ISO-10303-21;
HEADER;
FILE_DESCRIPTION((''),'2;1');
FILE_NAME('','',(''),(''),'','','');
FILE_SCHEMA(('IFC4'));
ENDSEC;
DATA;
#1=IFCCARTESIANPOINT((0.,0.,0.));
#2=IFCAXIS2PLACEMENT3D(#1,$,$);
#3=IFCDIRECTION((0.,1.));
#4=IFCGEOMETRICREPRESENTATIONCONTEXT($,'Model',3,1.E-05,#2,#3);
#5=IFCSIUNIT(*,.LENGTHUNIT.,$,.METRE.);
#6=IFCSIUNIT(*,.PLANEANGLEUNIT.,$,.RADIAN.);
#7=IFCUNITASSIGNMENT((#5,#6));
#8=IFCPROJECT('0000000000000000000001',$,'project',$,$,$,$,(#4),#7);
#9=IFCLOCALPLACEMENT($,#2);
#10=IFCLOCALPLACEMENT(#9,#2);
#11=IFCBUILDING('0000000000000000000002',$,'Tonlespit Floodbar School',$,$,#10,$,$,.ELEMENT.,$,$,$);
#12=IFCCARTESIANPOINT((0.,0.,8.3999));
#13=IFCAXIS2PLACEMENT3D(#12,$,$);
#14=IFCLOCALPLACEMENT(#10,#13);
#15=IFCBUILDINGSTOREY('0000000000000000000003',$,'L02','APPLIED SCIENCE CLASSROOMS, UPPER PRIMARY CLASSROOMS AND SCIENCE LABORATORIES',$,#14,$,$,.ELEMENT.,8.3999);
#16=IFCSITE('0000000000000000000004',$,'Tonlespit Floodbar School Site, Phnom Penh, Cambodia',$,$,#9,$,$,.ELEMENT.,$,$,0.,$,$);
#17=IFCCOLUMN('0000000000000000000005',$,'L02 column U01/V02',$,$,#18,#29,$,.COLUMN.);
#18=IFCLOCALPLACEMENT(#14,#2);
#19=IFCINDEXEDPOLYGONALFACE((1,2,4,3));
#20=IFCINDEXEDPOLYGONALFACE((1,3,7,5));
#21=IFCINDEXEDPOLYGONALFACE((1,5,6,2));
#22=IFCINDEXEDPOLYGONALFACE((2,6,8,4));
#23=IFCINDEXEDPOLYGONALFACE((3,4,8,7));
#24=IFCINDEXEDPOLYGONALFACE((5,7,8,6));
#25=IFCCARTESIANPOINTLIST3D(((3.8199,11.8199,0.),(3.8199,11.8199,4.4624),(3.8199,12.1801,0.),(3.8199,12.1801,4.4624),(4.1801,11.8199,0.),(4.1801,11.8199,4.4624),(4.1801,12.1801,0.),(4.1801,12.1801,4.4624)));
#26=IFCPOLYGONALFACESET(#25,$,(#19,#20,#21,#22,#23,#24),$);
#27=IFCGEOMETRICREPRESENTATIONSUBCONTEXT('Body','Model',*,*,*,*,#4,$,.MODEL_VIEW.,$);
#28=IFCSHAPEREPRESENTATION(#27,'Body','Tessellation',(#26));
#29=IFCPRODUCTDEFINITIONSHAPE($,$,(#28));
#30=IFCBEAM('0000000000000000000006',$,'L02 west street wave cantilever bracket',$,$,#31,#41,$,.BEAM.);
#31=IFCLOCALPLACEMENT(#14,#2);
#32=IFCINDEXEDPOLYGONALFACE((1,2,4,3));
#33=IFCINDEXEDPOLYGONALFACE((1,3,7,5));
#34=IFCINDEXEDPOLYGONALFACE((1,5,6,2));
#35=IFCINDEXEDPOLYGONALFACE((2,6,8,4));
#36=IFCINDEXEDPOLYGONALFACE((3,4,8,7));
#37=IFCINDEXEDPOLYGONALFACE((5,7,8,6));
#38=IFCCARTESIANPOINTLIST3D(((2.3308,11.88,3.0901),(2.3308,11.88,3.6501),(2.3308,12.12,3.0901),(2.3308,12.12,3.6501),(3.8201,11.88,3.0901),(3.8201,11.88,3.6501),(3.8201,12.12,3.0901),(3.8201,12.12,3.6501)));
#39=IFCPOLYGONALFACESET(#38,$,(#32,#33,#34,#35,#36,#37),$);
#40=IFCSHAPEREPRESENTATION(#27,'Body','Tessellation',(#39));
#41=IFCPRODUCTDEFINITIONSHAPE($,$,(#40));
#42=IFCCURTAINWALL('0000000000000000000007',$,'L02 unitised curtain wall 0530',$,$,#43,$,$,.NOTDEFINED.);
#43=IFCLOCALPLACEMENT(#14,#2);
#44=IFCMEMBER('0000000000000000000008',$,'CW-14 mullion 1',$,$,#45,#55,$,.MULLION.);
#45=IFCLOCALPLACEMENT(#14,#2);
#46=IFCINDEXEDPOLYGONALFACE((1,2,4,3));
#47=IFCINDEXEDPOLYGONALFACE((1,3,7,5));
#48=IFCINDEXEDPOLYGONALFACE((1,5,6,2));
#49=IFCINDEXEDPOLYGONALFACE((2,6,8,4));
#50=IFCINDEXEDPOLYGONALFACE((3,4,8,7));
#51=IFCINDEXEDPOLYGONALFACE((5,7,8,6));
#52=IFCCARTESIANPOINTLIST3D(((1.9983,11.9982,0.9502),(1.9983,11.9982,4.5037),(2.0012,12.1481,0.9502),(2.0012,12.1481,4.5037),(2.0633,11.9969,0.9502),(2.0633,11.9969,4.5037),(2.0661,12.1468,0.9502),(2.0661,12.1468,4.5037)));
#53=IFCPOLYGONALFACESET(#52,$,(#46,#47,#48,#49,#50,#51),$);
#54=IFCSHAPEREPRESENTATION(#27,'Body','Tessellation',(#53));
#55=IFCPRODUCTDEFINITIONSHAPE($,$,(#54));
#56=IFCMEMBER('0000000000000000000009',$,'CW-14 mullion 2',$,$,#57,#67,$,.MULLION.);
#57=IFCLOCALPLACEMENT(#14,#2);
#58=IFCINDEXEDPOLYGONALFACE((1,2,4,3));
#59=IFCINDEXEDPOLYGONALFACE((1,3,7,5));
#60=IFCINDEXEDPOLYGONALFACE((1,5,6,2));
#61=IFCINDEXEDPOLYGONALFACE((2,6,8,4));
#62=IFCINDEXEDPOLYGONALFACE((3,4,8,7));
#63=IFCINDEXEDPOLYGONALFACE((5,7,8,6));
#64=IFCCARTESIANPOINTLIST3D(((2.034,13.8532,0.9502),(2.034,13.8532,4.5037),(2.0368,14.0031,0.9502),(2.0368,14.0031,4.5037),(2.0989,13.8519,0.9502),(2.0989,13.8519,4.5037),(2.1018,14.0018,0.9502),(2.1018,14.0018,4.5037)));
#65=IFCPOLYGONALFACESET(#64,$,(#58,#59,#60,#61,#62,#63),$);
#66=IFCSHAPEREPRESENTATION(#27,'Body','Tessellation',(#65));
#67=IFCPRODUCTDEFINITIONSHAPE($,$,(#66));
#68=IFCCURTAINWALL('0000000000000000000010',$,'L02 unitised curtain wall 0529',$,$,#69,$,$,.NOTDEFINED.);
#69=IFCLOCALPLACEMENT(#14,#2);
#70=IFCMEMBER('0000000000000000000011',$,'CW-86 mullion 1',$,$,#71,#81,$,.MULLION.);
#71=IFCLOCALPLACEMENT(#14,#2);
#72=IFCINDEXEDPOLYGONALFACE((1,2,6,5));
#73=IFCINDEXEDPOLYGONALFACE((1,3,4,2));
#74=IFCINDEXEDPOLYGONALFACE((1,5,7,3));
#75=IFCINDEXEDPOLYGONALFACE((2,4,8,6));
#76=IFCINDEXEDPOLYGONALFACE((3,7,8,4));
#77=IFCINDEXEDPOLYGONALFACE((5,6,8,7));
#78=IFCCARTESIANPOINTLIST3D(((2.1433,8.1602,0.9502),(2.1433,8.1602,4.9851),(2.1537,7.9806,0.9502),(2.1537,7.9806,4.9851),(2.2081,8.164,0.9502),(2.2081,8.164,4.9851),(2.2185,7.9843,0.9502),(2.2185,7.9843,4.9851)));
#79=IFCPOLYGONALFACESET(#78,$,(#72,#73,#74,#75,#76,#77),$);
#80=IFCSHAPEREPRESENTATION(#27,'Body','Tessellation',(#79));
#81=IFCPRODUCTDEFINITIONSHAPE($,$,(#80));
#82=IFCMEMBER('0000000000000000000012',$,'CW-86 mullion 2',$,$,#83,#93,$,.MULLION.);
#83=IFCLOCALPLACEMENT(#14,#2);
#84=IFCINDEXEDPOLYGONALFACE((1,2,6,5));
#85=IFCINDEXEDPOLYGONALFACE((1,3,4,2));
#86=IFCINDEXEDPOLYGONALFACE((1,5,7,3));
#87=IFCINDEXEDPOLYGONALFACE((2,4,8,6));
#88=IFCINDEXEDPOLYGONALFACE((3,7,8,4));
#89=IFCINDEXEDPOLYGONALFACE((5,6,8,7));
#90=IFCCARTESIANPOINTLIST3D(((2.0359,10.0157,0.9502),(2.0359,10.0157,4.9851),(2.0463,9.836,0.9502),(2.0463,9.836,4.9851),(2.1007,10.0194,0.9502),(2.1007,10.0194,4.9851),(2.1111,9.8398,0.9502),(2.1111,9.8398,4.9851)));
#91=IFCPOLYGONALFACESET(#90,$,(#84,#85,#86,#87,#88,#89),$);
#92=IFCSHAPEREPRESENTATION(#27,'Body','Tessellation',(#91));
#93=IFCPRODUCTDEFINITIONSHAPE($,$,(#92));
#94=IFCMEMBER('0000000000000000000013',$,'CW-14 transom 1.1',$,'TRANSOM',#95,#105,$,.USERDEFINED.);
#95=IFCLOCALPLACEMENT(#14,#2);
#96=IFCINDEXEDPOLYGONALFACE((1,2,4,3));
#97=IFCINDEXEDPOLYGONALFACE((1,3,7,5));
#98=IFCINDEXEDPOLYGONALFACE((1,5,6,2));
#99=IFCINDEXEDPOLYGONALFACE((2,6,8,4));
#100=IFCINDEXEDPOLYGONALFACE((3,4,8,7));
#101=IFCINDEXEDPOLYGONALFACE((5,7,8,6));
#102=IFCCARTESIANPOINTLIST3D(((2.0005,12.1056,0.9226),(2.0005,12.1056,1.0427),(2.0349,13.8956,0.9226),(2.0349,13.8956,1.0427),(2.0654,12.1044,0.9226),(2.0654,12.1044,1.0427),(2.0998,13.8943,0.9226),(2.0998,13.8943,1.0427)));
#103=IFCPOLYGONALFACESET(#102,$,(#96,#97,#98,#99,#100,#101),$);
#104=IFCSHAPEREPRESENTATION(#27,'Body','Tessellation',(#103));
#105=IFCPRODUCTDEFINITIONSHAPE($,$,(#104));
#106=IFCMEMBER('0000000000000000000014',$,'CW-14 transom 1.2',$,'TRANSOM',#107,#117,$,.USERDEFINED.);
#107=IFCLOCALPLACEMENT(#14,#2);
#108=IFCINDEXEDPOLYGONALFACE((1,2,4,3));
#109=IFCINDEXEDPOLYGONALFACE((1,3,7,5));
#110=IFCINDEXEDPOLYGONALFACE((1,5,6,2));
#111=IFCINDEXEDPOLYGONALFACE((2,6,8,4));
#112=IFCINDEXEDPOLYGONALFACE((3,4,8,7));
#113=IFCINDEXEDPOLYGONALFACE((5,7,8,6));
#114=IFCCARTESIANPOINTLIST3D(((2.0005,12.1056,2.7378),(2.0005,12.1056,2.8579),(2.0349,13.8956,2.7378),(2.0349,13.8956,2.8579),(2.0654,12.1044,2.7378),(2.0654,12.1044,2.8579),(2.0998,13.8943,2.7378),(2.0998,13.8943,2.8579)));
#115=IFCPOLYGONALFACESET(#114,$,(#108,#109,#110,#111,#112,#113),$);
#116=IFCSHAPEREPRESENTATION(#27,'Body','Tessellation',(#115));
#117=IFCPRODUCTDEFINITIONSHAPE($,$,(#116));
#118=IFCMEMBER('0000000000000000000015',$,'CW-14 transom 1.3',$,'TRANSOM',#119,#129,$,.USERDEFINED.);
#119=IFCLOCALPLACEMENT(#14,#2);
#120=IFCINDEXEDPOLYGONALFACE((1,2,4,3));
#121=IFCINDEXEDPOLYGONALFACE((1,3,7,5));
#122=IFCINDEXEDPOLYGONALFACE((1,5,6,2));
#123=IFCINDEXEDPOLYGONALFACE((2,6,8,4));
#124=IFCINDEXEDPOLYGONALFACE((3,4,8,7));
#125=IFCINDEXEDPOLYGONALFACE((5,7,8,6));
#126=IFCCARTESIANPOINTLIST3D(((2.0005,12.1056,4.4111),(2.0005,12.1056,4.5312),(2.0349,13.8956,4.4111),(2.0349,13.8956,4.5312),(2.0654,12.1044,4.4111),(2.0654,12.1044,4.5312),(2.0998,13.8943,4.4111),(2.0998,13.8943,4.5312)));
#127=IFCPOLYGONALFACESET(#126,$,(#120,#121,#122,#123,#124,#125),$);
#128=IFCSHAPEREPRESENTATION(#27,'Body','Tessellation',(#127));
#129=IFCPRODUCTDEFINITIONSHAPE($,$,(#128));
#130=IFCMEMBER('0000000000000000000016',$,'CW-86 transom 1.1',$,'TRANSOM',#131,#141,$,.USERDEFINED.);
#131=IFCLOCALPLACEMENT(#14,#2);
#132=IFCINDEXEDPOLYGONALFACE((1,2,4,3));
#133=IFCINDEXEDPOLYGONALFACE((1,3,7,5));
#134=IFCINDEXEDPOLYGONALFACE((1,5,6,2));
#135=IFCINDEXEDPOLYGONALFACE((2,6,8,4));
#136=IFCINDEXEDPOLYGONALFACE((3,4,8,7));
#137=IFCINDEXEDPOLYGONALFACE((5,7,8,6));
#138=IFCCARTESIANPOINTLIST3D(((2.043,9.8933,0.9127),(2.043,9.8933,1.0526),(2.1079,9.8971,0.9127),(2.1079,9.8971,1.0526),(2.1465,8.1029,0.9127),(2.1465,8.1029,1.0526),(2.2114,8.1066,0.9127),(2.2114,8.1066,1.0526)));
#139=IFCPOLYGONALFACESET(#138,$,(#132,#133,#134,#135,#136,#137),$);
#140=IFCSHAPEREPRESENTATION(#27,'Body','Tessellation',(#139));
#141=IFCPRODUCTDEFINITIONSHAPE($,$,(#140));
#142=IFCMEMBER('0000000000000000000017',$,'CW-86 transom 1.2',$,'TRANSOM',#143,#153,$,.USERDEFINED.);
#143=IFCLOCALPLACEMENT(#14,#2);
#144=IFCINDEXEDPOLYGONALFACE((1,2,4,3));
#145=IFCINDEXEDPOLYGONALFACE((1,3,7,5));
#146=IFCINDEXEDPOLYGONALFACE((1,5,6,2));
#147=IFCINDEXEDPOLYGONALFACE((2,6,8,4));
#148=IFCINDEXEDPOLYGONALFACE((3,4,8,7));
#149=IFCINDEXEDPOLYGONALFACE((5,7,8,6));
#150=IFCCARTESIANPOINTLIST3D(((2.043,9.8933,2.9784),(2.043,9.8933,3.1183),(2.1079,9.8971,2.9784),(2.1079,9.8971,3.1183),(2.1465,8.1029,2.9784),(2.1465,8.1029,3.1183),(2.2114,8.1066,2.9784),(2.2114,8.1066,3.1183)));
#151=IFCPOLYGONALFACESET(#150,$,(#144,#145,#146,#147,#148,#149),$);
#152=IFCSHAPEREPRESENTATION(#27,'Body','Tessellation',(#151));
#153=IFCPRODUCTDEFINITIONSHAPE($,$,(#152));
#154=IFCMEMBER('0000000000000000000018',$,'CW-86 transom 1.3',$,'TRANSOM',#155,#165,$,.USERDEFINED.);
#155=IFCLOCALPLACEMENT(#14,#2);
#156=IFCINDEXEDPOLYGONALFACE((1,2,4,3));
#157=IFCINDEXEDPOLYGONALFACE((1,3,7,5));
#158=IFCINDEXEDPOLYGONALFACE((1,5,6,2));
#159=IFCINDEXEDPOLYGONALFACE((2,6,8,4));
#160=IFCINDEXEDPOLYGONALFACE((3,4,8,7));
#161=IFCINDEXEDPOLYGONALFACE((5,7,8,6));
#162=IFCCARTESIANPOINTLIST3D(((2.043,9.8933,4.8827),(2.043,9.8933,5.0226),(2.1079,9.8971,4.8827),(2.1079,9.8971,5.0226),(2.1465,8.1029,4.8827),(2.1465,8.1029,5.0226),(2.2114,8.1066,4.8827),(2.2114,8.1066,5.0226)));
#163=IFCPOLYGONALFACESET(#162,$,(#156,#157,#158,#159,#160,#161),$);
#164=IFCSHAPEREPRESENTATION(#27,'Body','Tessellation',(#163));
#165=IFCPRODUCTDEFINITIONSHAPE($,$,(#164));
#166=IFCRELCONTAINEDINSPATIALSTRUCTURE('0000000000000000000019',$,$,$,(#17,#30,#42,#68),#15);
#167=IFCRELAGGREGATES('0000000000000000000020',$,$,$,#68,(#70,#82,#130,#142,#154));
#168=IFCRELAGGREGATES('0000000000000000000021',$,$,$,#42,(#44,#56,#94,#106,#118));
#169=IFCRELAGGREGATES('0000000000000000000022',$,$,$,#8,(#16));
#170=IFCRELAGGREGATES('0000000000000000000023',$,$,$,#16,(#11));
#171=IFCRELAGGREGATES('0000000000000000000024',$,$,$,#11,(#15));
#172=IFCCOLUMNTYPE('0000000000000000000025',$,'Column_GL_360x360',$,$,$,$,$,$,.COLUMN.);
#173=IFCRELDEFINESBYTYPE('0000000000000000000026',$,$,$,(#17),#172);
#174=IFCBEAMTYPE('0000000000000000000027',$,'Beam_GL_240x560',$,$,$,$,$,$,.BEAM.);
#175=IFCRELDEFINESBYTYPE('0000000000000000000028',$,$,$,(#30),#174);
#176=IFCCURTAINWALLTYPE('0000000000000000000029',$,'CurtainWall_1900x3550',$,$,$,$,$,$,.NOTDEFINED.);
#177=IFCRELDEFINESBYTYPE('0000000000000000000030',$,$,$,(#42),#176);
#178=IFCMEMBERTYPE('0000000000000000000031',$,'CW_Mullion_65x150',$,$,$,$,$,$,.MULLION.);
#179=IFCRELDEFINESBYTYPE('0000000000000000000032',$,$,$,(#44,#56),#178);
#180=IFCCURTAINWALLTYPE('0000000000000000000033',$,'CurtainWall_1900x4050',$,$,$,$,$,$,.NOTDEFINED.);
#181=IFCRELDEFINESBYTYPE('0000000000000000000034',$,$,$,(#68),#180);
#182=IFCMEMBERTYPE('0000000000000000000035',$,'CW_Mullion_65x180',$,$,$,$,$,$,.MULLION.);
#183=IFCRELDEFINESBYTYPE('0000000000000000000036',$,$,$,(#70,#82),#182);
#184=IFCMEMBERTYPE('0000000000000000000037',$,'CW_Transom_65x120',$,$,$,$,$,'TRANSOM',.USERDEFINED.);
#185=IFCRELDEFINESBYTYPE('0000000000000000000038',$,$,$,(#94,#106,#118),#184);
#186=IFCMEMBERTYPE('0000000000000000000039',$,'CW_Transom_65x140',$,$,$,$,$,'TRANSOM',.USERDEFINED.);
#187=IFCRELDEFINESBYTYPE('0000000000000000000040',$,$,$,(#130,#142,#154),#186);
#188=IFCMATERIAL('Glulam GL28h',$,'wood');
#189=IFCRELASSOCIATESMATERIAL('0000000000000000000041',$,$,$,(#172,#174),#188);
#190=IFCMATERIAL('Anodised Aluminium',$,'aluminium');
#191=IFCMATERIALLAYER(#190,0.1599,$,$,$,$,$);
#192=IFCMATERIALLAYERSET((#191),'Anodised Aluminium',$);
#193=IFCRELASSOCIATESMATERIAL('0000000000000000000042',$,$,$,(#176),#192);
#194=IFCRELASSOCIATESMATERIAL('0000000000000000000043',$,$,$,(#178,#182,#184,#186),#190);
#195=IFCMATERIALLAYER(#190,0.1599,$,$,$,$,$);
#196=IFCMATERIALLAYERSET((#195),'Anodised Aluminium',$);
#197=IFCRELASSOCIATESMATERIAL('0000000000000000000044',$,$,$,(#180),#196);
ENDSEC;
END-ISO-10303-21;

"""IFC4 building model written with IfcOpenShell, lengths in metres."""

from ifc_helpers import new_model, si_unit, direction, frame, origin, origin_2d, place, context, subcontext, project, spatial, rectangle, extrude, material, layer, layer_set, material_profile, profile_set, type_object, element, aggregate, save


model = new_model("IFC4")

# Units and contexts
model_context = context("Model", 3, precision=1e-05, world=origin(), true_north=direction((0.0, 1.0)))
body_context = subcontext(model_context, "Body", "Model", "MODEL_VIEW")
ifc_project = project(units=[si_unit("LENGTHUNIT", "METRE"), si_unit("PLANEANGLEUNIT", "RADIAN")], contexts=[model_context])

# Site, building, storey
site_placement = place(None, origin())
site = spatial("IfcSite", under=ifc_project, at=site_placement, Name="Tonlespit Floodbar School Site, Phnom Penh, Cambodia", CompositionType="ELEMENT", RefElevation=0.0)
building_placement = place(site_placement, origin())
building = spatial("IfcBuilding", under=site, at=building_placement, Name="Tonlespit Floodbar School", CompositionType="ELEMENT")
storey_placement = place(building_placement, frame((0.0, 0.0, 8.3999)))
storey = spatial("IfcBuildingStorey", under=building, at=storey_placement, Name="L02", Description="APPLIED SCIENCE CLASSROOMS, UPPER PRIMARY CLASSROOMS AND SCIENCE LABORATORIES", CompositionType="ELEMENT", Elevation=8.3999)

# Column
ifc_material_1 = material(Name="Glulam GL28h", Category="wood")
ifc_material_profile_1 = material_profile(ifc_material_1, rectangle(XDim=0.3601, YDim=0.3601, at=origin_2d()), Name="GL 360x360")
ifc_profile_set_1 = profile_set([ifc_material_profile_1], Name="Glulam GL28h")
column_type = type_object("IfcColumnType", Name="Column_GL_360x360", PredefinedType="COLUMN", material=ifc_profile_set_1)
column_placement = place(storey_placement, frame((4.0, 12.0, 0.0), z_axis=(0.0, 0.0, 1.0), x_axis=(1.0, 0.0, 0.0)))
element("IfcColumn", 1, at=column_placement, inside=storey, type_object=column_type, Name="L02 column U01/V02", PredefinedType="COLUMN", context=body_context, shape_type="SweptSolid", body=[
    extrude(rectangle(XDim=0.3601, YDim=0.3601, at=origin_2d()), origin(), (0.0, 0.0, 1.0), 4.4624),
])

# Beam
ifc_material_profile_2 = material_profile(ifc_material_1, rectangle(XDim=0.24, YDim=0.5601, at=origin_2d()), Name="GL 240x560")
ifc_profile_set_2 = profile_set([ifc_material_profile_2], Name="Glulam GL28h")
beam_type_1 = type_object("IfcBeamType", Name="Beam_GL_240x560", PredefinedType="BEAM", material=ifc_profile_set_2)
beam_1_placement = place(storey_placement, frame((3.8201, 12.0, 3.3701), z_axis=(-1.0, 0.0, 0.0), x_axis=(0.0, -1.0, 0.0)))
element("IfcBeam", 2, at=beam_1_placement, inside=storey, type_object=beam_type_1, Name="L02 west street wave cantilever bracket", PredefinedType="BEAM", context=body_context, shape_type="SweptSolid", body=[
    extrude(rectangle(XDim=0.24, YDim=0.5601, at=origin_2d()), origin(), (0.0, 0.0, 1.0), 1.4893),
])

# Curtain walls, members
ifc_material_2 = material(Name="Anodised Aluminium", Category="aluminium")
ifc_layer_1 = layer(ifc_material_2, 0.1599)
ifc_layer_set_1 = layer_set([ifc_layer_1], Name="Anodised Aluminium")
curtain_wall_type_1 = type_object("IfcCurtainWallType", Name="CurtainWall_1900x3550", PredefinedType="NOTDEFINED", material=ifc_layer_set_1)
curtain_wall_1_placement = place(storey_placement, origin())
curtain_wall_1 = element("IfcCurtainWall", 3, at=curtain_wall_1_placement, inside=storey, type_object=curtain_wall_type_1, Name="L02 unitised curtain wall 0530", PredefinedType="NOTDEFINED")
ifc_material_profile_3 = material_profile(ifc_material_2, rectangle(XDim=0.0649, YDim=0.1499, at=origin_2d()), Name="ALU M65x150")
ifc_profile_set_3 = profile_set([ifc_material_profile_3], Name="Anodised Aluminium")
member_type_1 = type_object("IfcMemberType", Name="CW_Mullion_65x150", PredefinedType="MULLION", material=ifc_profile_set_3)
member_1_placement = place(storey_placement, frame((2.0322, 12.0725, 0.9502), z_axis=(0.0, 0.0, 1.0), x_axis=(-0.999815, 0.019215, 0.0)))
member_1 = element("IfcMember", 4, at=member_1_placement, type_object=member_type_1, Name="CW-14 mullion 1", PredefinedType="MULLION", context=body_context, shape_type="SweptSolid", body=[
    extrude(rectangle(XDim=0.0649, YDim=0.1499, at=origin_2d()), origin(), (0.0, 0.0, 1.0), 3.5535),
])
member_2_placement = place(storey_placement, frame((2.0679, 13.9275, 0.9502), z_axis=(0.0, 0.0, 1.0), x_axis=(-0.999815, 0.019215, 0.0)))
member_2 = element("IfcMember", 5, at=member_2_placement, type_object=member_type_1, Name="CW-14 mullion 2", PredefinedType="MULLION", context=body_context, shape_type="SweptSolid", body=[
    extrude(rectangle(XDim=0.0649, YDim=0.1499, at=origin_2d()), origin(), (0.0, 0.0, 1.0), 3.5535),
])
ifc_layer_2 = layer(ifc_material_2, 0.1599)
ifc_layer_set_2 = layer_set([ifc_layer_2], Name="Anodised Aluminium")
curtain_wall_type_2 = type_object("IfcCurtainWallType", Name="CurtainWall_1900x4050", PredefinedType="NOTDEFINED", material=ifc_layer_set_2)
curtain_wall_2_placement = place(storey_placement, origin())
curtain_wall_2 = element("IfcCurtainWall", 6, at=curtain_wall_2_placement, inside=storey, type_object=curtain_wall_type_2, Name="L02 unitised curtain wall 0529", PredefinedType="NOTDEFINED")
ifc_material_profile_4 = material_profile(ifc_material_2, rectangle(XDim=0.0649, YDim=0.1799, at=origin_2d()), Name="ALU M65x180")
ifc_profile_set_4 = profile_set([ifc_material_profile_4], Name="Anodised Aluminium")
member_type_2 = type_object("IfcMemberType", Name="CW_Mullion_65x180", PredefinedType="MULLION", material=ifc_profile_set_4)
member_3_placement = place(storey_placement, frame((2.1809, 8.0723, 0.9502), z_axis=(0.0, 0.0, 1.0), x_axis=(-0.998333, -0.05771, 0.0)))
member_3 = element("IfcMember", 7, at=member_3_placement, type_object=member_type_2, Name="CW-86 mullion 1", PredefinedType="MULLION", context=body_context, shape_type="SweptSolid", body=[
    extrude(rectangle(XDim=0.0649, YDim=0.1799, at=origin_2d()), origin(), (0.0, 0.0, 1.0), 4.0349),
])
member_4_placement = place(storey_placement, frame((2.0735, 9.9277, 0.9502), z_axis=(0.0, 0.0, 1.0), x_axis=(-0.998333, -0.05771, 0.0)))
member_4 = element("IfcMember", 8, at=member_4_placement, type_object=member_type_2, Name="CW-86 mullion 2", PredefinedType="MULLION", context=body_context, shape_type="SweptSolid", body=[
    extrude(rectangle(XDim=0.0649, YDim=0.1799, at=origin_2d()), origin(), (0.0, 0.0, 1.0), 4.0349),
])

# Members
ifc_material_profile_5 = material_profile(ifc_material_2, rectangle(XDim=0.0649, YDim=0.1201, at=origin_2d()), Name="ALU T65x120")
ifc_profile_set_5 = profile_set([ifc_material_profile_5], Name="Anodised Aluminium")
member_type_3 = type_object("IfcMemberType", Name="CW_Transom_65x120", ElementType="TRANSOM", PredefinedType="USERDEFINED", material=ifc_profile_set_5)
member_5_placement = place(storey_placement, frame((2.033, 12.105, 0.9827), z_axis=(0.019227, 0.999815, 0.0), x_axis=(-0.999815, 0.019227, 0.0)))
member_5 = element("IfcMember", 9, at=member_5_placement, type_object=member_type_3, Name="CW-14 transom 1.1", ObjectType="TRANSOM", PredefinedType="USERDEFINED", context=body_context, shape_type="SweptSolid", body=[
    extrude(rectangle(XDim=0.0649, YDim=0.1201, at=origin_2d()), origin(), (0.0, 0.0, 1.0), 1.7903),
])
member_6_placement = place(storey_placement, frame((2.033, 12.105, 2.7979), z_axis=(0.019227, 0.999815, 0.0), x_axis=(-0.999815, 0.019227, 0.0)))
member_6 = element("IfcMember", 10, at=member_6_placement, type_object=member_type_3, Name="CW-14 transom 1.2", ObjectType="TRANSOM", PredefinedType="USERDEFINED", context=body_context, shape_type="SweptSolid", body=[
    extrude(rectangle(XDim=0.0649, YDim=0.1201, at=origin_2d()), origin(), (0.0, 0.0, 1.0), 1.7903),
])
member_7_placement = place(storey_placement, frame((2.033, 12.105, 4.4712), z_axis=(0.019227, 0.999815, 0.0), x_axis=(-0.999815, 0.019227, 0.0)))
member_7 = element("IfcMember", 11, at=member_7_placement, type_object=member_type_3, Name="CW-14 transom 1.3", ObjectType="TRANSOM", PredefinedType="USERDEFINED", context=body_context, shape_type="SweptSolid", body=[
    extrude(rectangle(XDim=0.0649, YDim=0.1201, at=origin_2d()), origin(), (0.0, 0.0, 1.0), 1.7903),
])
ifc_material_profile_6 = material_profile(ifc_material_2, rectangle(XDim=0.0649, YDim=0.1399, at=origin_2d()), Name="ALU T65x140")
ifc_profile_set_6 = profile_set([ifc_material_profile_6], Name="Anodised Aluminium")
member_type_4 = type_object("IfcMemberType", Name="CW_Transom_65x140", ElementType="TRANSOM", PredefinedType="USERDEFINED", material=ifc_profile_set_6)
member_8_placement = place(storey_placement, frame((2.179, 8.1047, 0.9827), z_axis=(-0.057717, 0.998333, 0.0), x_axis=(-0.998333, -0.057717, 0.0)))
member_8 = element("IfcMember", 12, at=member_8_placement, type_object=member_type_4, Name="CW-86 transom 1.1", ObjectType="TRANSOM", PredefinedType="USERDEFINED", context=body_context, shape_type="SweptSolid", body=[
    extrude(rectangle(XDim=0.0649, YDim=0.1399, at=origin_2d()), origin(), (0.0, 0.0, 1.0), 1.7935),
])
member_9_placement = place(storey_placement, frame((2.179, 8.1047, 3.0483), z_axis=(-0.057717, 0.998333, 0.0), x_axis=(-0.998333, -0.057717, 0.0)))
member_9 = element("IfcMember", 13, at=member_9_placement, type_object=member_type_4, Name="CW-86 transom 1.2", ObjectType="TRANSOM", PredefinedType="USERDEFINED", context=body_context, shape_type="SweptSolid", body=[
    extrude(rectangle(XDim=0.0649, YDim=0.1399, at=origin_2d()), origin(), (0.0, 0.0, 1.0), 1.7935),
])
member_10_placement = place(storey_placement, frame((2.179, 8.1047, 4.9526), z_axis=(-0.057717, 0.998333, 0.0), x_axis=(-0.998333, -0.057717, 0.0)))
member_10 = element("IfcMember", 14, at=member_10_placement, type_object=member_type_4, Name="CW-86 transom 1.3", ObjectType="TRANSOM", PredefinedType="USERDEFINED", context=body_context, shape_type="SweptSolid", body=[
    extrude(rectangle(XDim=0.0649, YDim=0.1399, at=origin_2d()), origin(), (0.0, 0.0, 1.0), 1.7935),
])

aggregate(curtain_wall_2, [member_3, member_4, member_8, member_9, member_10])
aggregate(curtain_wall_1, [member_1, member_2, member_5, member_6, member_7])

save(model, "model.ifc")
